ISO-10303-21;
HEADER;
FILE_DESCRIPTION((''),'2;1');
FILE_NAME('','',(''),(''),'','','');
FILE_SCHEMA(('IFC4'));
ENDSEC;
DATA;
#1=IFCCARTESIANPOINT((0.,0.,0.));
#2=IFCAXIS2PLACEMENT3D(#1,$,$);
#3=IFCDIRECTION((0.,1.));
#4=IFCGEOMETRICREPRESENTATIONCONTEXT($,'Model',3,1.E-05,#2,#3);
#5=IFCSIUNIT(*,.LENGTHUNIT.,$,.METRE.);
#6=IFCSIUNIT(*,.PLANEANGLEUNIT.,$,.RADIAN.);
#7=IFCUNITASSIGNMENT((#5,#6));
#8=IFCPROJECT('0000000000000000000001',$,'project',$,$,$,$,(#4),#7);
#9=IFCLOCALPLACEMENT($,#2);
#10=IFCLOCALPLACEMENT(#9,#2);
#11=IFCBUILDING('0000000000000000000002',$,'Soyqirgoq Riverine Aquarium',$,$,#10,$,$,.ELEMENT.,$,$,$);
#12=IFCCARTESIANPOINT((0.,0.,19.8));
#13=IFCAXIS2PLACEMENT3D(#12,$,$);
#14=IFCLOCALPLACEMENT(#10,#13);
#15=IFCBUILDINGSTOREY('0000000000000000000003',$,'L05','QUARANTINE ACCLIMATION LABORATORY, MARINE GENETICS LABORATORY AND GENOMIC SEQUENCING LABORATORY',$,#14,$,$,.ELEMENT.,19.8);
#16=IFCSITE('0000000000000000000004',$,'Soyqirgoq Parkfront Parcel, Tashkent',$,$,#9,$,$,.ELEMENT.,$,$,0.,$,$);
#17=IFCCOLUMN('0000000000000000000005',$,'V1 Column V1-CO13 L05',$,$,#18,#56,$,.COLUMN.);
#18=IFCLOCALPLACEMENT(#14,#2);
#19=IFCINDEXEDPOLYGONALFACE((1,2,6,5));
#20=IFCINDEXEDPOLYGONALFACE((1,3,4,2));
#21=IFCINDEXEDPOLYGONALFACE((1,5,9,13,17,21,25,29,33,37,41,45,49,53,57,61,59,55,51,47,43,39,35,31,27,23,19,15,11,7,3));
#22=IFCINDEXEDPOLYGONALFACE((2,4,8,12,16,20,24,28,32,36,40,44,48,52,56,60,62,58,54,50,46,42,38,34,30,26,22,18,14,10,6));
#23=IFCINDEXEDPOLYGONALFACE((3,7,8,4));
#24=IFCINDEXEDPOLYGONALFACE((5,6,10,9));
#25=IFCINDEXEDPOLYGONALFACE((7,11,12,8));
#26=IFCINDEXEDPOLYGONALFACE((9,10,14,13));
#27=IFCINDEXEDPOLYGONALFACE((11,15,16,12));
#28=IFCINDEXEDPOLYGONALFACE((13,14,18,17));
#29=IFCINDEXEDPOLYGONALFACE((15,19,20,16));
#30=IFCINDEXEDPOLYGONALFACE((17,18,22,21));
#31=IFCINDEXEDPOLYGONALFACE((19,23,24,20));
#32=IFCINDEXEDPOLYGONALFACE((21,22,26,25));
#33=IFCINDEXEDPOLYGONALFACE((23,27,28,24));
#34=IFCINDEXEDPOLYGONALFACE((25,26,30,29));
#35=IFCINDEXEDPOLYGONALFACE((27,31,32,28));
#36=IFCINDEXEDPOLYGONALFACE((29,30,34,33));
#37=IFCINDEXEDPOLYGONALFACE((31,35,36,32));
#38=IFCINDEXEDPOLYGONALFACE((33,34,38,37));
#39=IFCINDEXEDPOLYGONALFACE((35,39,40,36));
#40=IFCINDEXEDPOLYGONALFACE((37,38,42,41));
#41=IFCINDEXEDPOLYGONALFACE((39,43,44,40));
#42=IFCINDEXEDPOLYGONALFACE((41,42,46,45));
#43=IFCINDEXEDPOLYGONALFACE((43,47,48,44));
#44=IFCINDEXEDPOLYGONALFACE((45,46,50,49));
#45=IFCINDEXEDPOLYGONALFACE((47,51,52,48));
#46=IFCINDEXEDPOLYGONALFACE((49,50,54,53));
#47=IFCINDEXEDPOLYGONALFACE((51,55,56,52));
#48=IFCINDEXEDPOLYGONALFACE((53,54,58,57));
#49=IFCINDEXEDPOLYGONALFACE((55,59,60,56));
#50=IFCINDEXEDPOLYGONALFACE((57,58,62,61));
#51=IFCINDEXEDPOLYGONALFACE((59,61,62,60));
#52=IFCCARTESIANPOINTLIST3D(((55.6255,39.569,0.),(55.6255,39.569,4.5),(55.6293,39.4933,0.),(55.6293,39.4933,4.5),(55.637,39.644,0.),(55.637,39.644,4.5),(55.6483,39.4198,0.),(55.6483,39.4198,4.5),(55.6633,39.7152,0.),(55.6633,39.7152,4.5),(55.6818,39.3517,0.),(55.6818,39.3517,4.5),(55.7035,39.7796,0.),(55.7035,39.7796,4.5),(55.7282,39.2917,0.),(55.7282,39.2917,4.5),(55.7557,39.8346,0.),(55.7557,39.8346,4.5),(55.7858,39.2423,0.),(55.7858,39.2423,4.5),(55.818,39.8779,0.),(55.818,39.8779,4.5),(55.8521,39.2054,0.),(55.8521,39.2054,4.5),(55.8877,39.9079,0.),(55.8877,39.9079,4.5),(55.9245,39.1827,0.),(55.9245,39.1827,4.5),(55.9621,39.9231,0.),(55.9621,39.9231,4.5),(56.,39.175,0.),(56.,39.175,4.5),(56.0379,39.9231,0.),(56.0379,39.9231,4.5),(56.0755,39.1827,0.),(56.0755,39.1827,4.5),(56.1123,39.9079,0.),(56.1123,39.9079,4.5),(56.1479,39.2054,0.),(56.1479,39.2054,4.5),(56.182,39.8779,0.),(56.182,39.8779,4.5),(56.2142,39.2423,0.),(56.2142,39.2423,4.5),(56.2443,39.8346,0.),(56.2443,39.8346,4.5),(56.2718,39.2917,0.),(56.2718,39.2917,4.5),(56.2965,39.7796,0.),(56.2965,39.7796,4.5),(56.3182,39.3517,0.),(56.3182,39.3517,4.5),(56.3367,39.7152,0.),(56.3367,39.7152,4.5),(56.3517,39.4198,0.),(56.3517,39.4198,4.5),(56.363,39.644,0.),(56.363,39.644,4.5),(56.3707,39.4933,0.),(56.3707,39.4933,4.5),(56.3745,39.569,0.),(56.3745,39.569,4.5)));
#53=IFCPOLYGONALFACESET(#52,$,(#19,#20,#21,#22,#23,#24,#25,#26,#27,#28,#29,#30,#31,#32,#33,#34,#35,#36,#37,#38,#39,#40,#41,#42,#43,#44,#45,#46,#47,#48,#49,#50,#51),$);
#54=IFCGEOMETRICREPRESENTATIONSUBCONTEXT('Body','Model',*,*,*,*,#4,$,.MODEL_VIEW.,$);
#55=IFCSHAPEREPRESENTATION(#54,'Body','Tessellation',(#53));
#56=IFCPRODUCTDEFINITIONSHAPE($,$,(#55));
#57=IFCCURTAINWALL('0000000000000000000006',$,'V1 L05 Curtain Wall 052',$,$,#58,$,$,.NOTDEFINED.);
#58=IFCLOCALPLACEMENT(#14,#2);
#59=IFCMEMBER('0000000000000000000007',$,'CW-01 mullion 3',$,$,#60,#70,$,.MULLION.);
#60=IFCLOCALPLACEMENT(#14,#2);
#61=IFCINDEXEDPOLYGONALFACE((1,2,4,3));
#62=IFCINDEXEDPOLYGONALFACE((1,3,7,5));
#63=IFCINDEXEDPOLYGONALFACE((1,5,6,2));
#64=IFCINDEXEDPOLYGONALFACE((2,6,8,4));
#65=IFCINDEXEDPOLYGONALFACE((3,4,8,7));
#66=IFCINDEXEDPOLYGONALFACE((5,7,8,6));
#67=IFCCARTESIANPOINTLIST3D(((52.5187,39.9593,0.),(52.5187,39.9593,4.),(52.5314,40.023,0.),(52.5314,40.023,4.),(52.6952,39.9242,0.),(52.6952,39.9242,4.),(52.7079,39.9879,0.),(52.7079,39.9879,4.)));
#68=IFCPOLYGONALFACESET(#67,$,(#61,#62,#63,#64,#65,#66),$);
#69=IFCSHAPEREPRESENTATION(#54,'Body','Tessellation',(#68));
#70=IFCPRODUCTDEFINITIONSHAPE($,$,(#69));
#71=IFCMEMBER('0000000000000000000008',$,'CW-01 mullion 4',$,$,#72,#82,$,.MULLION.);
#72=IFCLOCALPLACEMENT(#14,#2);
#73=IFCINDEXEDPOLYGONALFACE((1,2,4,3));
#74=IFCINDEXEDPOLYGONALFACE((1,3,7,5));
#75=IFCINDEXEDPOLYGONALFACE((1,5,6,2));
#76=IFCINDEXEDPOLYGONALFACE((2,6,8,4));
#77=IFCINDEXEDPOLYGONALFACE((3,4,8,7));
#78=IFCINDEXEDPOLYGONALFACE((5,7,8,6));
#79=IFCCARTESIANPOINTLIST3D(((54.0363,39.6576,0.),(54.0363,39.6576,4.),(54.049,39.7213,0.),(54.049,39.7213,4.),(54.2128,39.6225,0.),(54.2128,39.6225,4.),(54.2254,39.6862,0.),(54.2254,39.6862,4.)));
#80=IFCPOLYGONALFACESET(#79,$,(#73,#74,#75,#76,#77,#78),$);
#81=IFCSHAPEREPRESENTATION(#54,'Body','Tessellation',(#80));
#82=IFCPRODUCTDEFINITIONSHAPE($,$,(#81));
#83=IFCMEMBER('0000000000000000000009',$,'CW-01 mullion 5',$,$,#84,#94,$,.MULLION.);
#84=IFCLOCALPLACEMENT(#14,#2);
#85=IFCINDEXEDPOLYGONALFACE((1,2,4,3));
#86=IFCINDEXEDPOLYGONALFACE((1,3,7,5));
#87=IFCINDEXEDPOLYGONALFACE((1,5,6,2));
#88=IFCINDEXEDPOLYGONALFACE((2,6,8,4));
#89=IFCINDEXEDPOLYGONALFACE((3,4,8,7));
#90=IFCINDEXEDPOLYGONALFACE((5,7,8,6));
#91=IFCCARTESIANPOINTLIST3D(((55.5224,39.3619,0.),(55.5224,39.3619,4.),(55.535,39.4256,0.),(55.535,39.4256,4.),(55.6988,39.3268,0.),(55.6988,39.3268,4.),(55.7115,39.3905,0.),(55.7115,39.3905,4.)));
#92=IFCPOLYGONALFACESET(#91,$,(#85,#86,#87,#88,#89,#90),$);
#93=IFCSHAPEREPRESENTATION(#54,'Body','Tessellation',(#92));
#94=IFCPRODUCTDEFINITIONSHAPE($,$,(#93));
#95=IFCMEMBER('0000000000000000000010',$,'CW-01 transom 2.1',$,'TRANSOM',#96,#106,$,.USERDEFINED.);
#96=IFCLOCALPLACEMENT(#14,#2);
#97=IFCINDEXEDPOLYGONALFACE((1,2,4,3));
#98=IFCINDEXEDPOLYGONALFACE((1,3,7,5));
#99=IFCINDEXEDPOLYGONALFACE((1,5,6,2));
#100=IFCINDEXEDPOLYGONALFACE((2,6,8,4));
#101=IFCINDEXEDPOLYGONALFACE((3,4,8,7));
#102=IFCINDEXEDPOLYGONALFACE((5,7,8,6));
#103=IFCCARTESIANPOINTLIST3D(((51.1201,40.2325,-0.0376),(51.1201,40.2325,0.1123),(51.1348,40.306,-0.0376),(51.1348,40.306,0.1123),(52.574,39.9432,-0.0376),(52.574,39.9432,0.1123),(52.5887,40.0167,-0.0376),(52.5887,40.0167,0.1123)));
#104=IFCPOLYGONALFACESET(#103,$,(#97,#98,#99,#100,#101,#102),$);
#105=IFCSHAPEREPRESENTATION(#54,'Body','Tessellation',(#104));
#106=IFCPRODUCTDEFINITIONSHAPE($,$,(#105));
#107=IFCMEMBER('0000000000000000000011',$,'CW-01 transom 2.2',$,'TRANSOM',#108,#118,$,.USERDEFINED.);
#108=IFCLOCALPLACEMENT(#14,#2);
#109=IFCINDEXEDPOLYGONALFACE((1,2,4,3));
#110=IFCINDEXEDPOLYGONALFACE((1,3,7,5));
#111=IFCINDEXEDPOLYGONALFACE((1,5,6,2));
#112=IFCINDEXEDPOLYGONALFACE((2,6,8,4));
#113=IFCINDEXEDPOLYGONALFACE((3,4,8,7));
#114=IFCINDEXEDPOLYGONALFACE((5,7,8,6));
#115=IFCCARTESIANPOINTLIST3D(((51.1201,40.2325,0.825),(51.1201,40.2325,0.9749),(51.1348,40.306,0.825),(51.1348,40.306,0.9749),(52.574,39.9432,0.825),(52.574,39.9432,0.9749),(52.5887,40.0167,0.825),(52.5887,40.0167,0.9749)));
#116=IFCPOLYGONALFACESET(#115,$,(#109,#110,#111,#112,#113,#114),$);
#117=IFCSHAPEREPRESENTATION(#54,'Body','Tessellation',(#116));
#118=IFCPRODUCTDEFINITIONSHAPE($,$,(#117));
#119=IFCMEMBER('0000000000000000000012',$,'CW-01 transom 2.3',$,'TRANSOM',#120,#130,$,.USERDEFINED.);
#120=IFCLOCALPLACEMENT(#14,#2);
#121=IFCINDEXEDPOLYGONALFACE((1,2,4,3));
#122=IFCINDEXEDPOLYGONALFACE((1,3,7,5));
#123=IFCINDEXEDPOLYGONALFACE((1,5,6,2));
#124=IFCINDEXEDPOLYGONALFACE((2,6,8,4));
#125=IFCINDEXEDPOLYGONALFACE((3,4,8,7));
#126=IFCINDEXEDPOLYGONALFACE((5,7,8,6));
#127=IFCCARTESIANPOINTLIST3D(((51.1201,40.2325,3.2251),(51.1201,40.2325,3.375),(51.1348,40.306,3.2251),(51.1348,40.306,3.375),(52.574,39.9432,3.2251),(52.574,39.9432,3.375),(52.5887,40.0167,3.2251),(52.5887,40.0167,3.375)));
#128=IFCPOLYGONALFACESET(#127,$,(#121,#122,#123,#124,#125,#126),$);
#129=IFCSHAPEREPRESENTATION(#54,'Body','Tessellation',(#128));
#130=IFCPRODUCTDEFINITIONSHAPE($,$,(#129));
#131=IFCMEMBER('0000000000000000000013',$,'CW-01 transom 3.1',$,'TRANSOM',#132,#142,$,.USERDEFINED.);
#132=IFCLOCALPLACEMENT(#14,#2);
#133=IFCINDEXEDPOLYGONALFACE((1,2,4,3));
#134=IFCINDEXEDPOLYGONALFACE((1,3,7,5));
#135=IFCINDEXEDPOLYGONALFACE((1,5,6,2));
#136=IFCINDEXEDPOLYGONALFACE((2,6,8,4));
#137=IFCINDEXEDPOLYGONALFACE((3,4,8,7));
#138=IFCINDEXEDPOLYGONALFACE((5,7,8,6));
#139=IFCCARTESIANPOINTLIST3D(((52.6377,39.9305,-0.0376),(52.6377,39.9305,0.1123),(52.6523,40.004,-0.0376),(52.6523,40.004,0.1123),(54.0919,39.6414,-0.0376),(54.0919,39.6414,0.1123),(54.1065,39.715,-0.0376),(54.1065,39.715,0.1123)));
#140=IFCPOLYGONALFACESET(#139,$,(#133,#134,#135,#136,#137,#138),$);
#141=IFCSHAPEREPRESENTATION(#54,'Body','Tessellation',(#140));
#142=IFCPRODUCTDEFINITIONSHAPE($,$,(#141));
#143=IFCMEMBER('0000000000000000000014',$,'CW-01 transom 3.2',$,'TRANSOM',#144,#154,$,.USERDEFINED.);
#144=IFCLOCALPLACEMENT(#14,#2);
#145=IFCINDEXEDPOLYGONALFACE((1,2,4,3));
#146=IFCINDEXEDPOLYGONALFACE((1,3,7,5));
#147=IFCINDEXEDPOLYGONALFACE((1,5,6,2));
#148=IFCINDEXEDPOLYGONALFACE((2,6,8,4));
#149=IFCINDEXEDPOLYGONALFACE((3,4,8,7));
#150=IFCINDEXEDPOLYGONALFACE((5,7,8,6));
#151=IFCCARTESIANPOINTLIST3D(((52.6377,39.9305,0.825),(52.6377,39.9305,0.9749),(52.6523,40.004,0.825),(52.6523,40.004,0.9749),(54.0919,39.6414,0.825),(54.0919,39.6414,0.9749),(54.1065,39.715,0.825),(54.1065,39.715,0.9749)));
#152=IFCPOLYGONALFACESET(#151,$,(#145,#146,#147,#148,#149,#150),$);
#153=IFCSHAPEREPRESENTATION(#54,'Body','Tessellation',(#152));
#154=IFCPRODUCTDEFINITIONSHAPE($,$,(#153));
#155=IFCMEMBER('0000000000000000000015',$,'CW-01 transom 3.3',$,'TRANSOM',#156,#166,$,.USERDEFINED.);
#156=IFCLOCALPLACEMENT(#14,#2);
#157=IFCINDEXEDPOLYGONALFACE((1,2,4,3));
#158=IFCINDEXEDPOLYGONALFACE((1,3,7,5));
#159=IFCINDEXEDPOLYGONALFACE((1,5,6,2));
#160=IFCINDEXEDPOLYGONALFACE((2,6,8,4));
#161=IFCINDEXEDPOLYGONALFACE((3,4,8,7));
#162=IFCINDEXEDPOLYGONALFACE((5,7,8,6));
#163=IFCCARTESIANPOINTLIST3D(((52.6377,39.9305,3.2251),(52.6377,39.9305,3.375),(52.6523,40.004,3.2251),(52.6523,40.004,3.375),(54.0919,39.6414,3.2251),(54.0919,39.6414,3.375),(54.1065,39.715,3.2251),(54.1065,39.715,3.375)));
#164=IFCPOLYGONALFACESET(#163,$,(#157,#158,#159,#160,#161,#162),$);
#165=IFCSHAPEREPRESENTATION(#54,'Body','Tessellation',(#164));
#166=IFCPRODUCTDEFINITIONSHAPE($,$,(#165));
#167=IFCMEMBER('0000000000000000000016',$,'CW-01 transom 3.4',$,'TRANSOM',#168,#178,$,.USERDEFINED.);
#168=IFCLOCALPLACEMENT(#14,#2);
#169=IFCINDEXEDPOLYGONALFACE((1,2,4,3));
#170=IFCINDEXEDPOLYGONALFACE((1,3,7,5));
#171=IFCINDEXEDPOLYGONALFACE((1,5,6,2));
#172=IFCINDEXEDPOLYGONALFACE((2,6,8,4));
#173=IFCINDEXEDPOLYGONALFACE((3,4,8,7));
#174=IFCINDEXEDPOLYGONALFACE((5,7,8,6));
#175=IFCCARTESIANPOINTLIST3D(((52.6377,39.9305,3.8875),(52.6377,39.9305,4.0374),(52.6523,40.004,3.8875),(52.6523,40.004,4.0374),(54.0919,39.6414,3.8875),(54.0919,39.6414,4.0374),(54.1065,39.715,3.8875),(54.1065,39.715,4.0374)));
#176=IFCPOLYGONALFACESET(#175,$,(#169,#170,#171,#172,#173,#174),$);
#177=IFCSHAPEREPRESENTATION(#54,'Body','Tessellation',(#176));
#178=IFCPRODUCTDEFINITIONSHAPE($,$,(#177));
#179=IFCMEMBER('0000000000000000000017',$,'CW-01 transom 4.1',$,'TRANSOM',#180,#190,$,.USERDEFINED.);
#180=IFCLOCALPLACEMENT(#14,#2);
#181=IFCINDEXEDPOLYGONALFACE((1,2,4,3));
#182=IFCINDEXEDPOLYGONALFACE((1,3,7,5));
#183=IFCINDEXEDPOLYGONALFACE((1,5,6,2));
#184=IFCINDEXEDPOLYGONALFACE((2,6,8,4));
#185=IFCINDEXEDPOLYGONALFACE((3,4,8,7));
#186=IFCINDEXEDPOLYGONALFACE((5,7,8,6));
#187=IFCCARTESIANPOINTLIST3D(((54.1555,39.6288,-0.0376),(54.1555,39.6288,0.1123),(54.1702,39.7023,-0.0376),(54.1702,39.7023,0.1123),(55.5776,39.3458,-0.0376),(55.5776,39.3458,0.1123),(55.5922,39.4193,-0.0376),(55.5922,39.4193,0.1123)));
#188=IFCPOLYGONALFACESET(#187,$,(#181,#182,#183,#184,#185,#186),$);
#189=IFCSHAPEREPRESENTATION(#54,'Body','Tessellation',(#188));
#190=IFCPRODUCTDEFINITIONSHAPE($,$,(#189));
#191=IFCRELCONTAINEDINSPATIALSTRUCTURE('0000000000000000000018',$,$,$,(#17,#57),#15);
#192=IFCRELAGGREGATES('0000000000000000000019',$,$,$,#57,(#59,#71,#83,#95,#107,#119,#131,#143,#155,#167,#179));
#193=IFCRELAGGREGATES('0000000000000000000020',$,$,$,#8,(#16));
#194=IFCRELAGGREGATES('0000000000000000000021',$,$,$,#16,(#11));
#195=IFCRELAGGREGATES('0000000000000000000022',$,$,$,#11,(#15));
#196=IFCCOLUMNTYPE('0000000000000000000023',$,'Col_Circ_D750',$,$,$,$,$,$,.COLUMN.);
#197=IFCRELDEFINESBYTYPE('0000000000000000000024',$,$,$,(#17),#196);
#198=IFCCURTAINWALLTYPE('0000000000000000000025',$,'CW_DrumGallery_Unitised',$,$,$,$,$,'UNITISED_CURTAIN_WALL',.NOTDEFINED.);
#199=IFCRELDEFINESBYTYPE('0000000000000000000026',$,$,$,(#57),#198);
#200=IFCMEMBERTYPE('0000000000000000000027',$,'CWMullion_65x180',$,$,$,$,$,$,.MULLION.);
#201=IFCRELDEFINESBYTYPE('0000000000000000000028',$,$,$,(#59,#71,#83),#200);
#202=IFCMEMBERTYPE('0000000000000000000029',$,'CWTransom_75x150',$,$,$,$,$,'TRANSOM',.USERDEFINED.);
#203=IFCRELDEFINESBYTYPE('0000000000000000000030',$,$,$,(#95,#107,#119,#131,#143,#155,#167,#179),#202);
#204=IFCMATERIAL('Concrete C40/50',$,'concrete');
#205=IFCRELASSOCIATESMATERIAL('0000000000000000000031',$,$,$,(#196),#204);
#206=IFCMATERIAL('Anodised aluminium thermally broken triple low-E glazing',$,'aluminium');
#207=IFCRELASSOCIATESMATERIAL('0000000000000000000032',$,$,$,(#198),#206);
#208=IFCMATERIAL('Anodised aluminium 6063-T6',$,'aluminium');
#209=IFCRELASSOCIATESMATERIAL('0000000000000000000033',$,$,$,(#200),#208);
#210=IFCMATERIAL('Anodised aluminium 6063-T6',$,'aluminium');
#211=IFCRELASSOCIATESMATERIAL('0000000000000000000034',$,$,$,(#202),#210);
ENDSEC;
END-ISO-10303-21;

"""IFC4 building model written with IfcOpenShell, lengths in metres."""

from ifc_helpers import new_model, si_unit, direction, frame, origin, origin_2d, place, context, subcontext, project, spatial, rectangle, circle, extrude, material, material_profile, profile_set, type_object, element, aggregate, save


model = new_model("IFC4")

# Units and contexts
model_context = context("Model", 3, precision=1e-05, world=origin(), true_north=direction((0.0, 1.0)))
body_context = subcontext(model_context, "Body", "Model", "MODEL_VIEW")
ifc_project = project(units=[si_unit("LENGTHUNIT", "METRE"), si_unit("PLANEANGLEUNIT", "RADIAN")], contexts=[model_context])

# Site, building, storey
site_placement = place(None, origin())
site = spatial("IfcSite", under=ifc_project, at=site_placement, Name="Soyqirgoq Parkfront Parcel, Tashkent", CompositionType="ELEMENT", RefElevation=0.0)
building_placement = place(site_placement, origin())
building = spatial("IfcBuilding", under=site, at=building_placement, Name="Soyqirgoq Riverine Aquarium", CompositionType="ELEMENT")
storey_placement = place(building_placement, frame((0.0, 0.0, 19.8)))
storey = spatial("IfcBuildingStorey", under=building, at=storey_placement, Name="L05", Description="QUARANTINE ACCLIMATION LABORATORY, MARINE GENETICS LABORATORY AND GENOMIC SEQUENCING LABORATORY", CompositionType="ELEMENT", Elevation=19.8)

# Column
ifc_material_1 = material(Name="Concrete C40/50", Category="concrete")
ifc_material_profile_1 = material_profile(ifc_material_1, circle(Radius=0.375, at=origin_2d()), Name="RC-COL D750")
ifc_profile_set_1 = profile_set([ifc_material_profile_1], Name="Concrete C40/50")
column_type = type_object("IfcColumnType", Name="Col_Circ_D750", PredefinedType="COLUMN", material=ifc_profile_set_1)
column_placement = place(storey_placement, frame((56.0, 39.55, 0.0), z_axis=(0.0, 0.0, 1.0), x_axis=(0.0, -1.0, 0.0)))
element("IfcColumn", 1, at=column_placement, inside=storey, type_object=column_type, Name="V1 Column V1-CO13 L05", PredefinedType="COLUMN", context=body_context, shape_type="SweptSolid", body=[
    extrude(circle(Radius=0.375, at=origin_2d()), origin(), (0.0, 0.0, 1.0), 4.5),
])

# Curtain wall, members
ifc_material_2 = material(Name="Anodised aluminium thermally broken triple low-E glazing", Category="aluminium")
curtain_wall_type = type_object("IfcCurtainWallType", Name="CW_DrumGallery_Unitised", ElementType="UNITISED_CURTAIN_WALL", PredefinedType="NOTDEFINED", material=ifc_material_2)
curtain_wall_placement = place(storey_placement, origin())
curtain_wall = element("IfcCurtainWall", 2, at=curtain_wall_placement, inside=storey, type_object=curtain_wall_type, Name="V1 L05 Curtain Wall 052", PredefinedType="NOTDEFINED")
ifc_material_3 = material(Name="Anodised aluminium 6063-T6", Category="aluminium")
ifc_material_profile_2 = material_profile(ifc_material_3, rectangle(XDim=0.0649, YDim=0.1799, at=origin_2d()), Name="ALU-M 65x180")
ifc_profile_set_2 = profile_set([ifc_material_profile_2], Name="Anodised aluminium 6063-T6")
member_type_1 = type_object("IfcMemberType", Name="CWMullion_65x180", PredefinedType="MULLION", material=ifc_profile_set_2)
member_1_placement = place(storey_placement, frame((52.6133, 39.9736, 0.0), z_axis=(0.0, 0.0, 1.0), x_axis=(0.195078, 0.980788, 0.0)))
member_1 = element("IfcMember", 3, at=member_1_placement, type_object=member_type_1, Name="CW-01 mullion 3", PredefinedType="MULLION", context=body_context, shape_type="SweptSolid", body=[
    extrude(rectangle(XDim=0.0649, YDim=0.1799, at=origin_2d()), origin(), (0.0, 0.0, 1.0), 4.0),
])
member_2_placement = place(storey_placement, frame((54.1309, 39.6719, 0.0), z_axis=(0.0, 0.0, 1.0), x_axis=(0.195078, 0.980788, 0.0)))
member_2 = element("IfcMember", 4, at=member_2_placement, type_object=member_type_1, Name="CW-01 mullion 4", PredefinedType="MULLION", context=body_context, shape_type="SweptSolid", body=[
    extrude(rectangle(XDim=0.0649, YDim=0.1799, at=origin_2d()), origin(), (0.0, 0.0, 1.0), 4.0),
])
member_3_placement = place(storey_placement, frame((55.6169, 39.3762, 0.0), z_axis=(0.0, 0.0, 1.0), x_axis=(0.195078, 0.980788, 0.0)))
member_3 = element("IfcMember", 5, at=member_3_placement, type_object=member_type_1, Name="CW-01 mullion 5", PredefinedType="MULLION", context=body_context, shape_type="SweptSolid", body=[
    extrude(rectangle(XDim=0.0649, YDim=0.1799, at=origin_2d()), origin(), (0.0, 0.0, 1.0), 4.0),
])
ifc_material_4 = material(Name="Anodised aluminium 6063-T6", Category="aluminium")
ifc_material_profile_3 = material_profile(ifc_material_4, rectangle(XDim=0.075, YDim=0.1499, at=origin_2d()), Name="ALU-T 75x150")
ifc_profile_set_3 = profile_set([ifc_material_profile_3], Name="Anodised aluminium 6063-T6")
member_type_2 = type_object("IfcMemberType", Name="CWTransom_75x150", ElementType="TRANSOM", PredefinedType="USERDEFINED", material=ifc_profile_set_3)
member_4_placement = place(storey_placement, frame((51.1274, 40.2693, 0.0374), z_axis=(0.98077, -0.195166, 0.0), x_axis=(0.195166, 0.98077, 0.0)))
member_4 = element("IfcMember", 6, at=member_4_placement, type_object=member_type_2, Name="CW-01 transom 2.1", ObjectType="TRANSOM", PredefinedType="USERDEFINED", context=body_context, shape_type="SweptSolid", body=[
    extrude(rectangle(XDim=0.075, YDim=0.1499, at=origin_2d()), origin(), (0.0, 0.0, 1.0), 1.4824),
])
member_5_placement = place(storey_placement, frame((51.1274, 40.2693, 0.8999), z_axis=(0.98077, -0.195166, 0.0), x_axis=(0.195166, 0.98077, 0.0)))
member_5 = element("IfcMember", 7, at=member_5_placement, type_object=member_type_2, Name="CW-01 transom 2.2", ObjectType="TRANSOM", PredefinedType="USERDEFINED", context=body_context, shape_type="SweptSolid", body=[
    extrude(rectangle(XDim=0.075, YDim=0.1499, at=origin_2d()), origin(), (0.0, 0.0, 1.0), 1.4824),
])
member_6_placement = place(storey_placement, frame((51.1274, 40.2693, 3.3), z_axis=(0.98077, -0.195166, 0.0), x_axis=(0.195166, 0.98077, 0.0)))
member_6 = element("IfcMember", 8, at=member_6_placement, type_object=member_type_2, Name="CW-01 transom 2.3", ObjectType="TRANSOM", PredefinedType="USERDEFINED", context=body_context, shape_type="SweptSolid", body=[
    extrude(rectangle(XDim=0.075, YDim=0.1499, at=origin_2d()), origin(), (0.0, 0.0, 1.0), 1.4824),
])
member_7_placement = place(storey_placement, frame((52.645, 39.9673, 0.0374), z_axis=(0.980808, -0.194976, 0.0), x_axis=(0.194976, 0.980808, 0.0)))
member_7 = element("IfcMember", 9, at=member_7_placement, type_object=member_type_2, Name="CW-01 transom 3.1", ObjectType="TRANSOM", PredefinedType="USERDEFINED", context=body_context, shape_type="SweptSolid", body=[
    extrude(rectangle(XDim=0.075, YDim=0.1499, at=origin_2d()), origin(), (0.0, 0.0, 1.0), 1.4827),
])
member_8_placement = place(storey_placement, frame((52.645, 39.9673, 0.8999), z_axis=(0.980808, -0.194976, 0.0), x_axis=(0.194976, 0.980808, 0.0)))
member_8 = element("IfcMember", 10, at=member_8_placement, type_object=member_type_2, Name="CW-01 transom 3.2", ObjectType="TRANSOM", PredefinedType="USERDEFINED", context=body_context, shape_type="SweptSolid", body=[
    extrude(rectangle(XDim=0.075, YDim=0.1499, at=origin_2d()), origin(), (0.0, 0.0, 1.0), 1.4827),
])
member_9_placement = place(storey_placement, frame((52.645, 39.9673, 3.3), z_axis=(0.980808, -0.194976, 0.0), x_axis=(0.194976, 0.980808, 0.0)))
member_9 = element("IfcMember", 11, at=member_9_placement, type_object=member_type_2, Name="CW-01 transom 3.3", ObjectType="TRANSOM", PredefinedType="USERDEFINED", context=body_context, shape_type="SweptSolid", body=[
    extrude(rectangle(XDim=0.075, YDim=0.1499, at=origin_2d()), origin(), (0.0, 0.0, 1.0), 1.4827),
])
member_10_placement = place(storey_placement, frame((52.645, 39.9673, 3.9624), z_axis=(0.980808, -0.194976, 0.0), x_axis=(0.194976, 0.980808, 0.0)))
member_10 = element("IfcMember", 12, at=member_10_placement, type_object=member_type_2, Name="CW-01 transom 3.4", ObjectType="TRANSOM", PredefinedType="USERDEFINED", context=body_context, shape_type="SweptSolid", body=[
    extrude(rectangle(XDim=0.075, YDim=0.1499, at=origin_2d()), origin(), (0.0, 0.0, 1.0), 1.4827),
])
member_11_placement = place(storey_placement, frame((54.1628, 39.6655, 0.0374), z_axis=(0.980774, -0.195145, 0.0), x_axis=(0.195145, 0.980774, 0.0)))
member_11 = element("IfcMember", 13, at=member_11_placement, type_object=member_type_2, Name="CW-01 transom 4.1", ObjectType="TRANSOM", PredefinedType="USERDEFINED", context=body_context, shape_type="SweptSolid", body=[
    extrude(rectangle(XDim=0.075, YDim=0.1499, at=origin_2d()), origin(), (0.0, 0.0, 1.0), 1.45),
])
aggregate(curtain_wall, [member_1, member_2, member_3, member_4, member_5, member_6, member_7, member_8, member_9, member_10, member_11])

save(model, "model.ifc")
